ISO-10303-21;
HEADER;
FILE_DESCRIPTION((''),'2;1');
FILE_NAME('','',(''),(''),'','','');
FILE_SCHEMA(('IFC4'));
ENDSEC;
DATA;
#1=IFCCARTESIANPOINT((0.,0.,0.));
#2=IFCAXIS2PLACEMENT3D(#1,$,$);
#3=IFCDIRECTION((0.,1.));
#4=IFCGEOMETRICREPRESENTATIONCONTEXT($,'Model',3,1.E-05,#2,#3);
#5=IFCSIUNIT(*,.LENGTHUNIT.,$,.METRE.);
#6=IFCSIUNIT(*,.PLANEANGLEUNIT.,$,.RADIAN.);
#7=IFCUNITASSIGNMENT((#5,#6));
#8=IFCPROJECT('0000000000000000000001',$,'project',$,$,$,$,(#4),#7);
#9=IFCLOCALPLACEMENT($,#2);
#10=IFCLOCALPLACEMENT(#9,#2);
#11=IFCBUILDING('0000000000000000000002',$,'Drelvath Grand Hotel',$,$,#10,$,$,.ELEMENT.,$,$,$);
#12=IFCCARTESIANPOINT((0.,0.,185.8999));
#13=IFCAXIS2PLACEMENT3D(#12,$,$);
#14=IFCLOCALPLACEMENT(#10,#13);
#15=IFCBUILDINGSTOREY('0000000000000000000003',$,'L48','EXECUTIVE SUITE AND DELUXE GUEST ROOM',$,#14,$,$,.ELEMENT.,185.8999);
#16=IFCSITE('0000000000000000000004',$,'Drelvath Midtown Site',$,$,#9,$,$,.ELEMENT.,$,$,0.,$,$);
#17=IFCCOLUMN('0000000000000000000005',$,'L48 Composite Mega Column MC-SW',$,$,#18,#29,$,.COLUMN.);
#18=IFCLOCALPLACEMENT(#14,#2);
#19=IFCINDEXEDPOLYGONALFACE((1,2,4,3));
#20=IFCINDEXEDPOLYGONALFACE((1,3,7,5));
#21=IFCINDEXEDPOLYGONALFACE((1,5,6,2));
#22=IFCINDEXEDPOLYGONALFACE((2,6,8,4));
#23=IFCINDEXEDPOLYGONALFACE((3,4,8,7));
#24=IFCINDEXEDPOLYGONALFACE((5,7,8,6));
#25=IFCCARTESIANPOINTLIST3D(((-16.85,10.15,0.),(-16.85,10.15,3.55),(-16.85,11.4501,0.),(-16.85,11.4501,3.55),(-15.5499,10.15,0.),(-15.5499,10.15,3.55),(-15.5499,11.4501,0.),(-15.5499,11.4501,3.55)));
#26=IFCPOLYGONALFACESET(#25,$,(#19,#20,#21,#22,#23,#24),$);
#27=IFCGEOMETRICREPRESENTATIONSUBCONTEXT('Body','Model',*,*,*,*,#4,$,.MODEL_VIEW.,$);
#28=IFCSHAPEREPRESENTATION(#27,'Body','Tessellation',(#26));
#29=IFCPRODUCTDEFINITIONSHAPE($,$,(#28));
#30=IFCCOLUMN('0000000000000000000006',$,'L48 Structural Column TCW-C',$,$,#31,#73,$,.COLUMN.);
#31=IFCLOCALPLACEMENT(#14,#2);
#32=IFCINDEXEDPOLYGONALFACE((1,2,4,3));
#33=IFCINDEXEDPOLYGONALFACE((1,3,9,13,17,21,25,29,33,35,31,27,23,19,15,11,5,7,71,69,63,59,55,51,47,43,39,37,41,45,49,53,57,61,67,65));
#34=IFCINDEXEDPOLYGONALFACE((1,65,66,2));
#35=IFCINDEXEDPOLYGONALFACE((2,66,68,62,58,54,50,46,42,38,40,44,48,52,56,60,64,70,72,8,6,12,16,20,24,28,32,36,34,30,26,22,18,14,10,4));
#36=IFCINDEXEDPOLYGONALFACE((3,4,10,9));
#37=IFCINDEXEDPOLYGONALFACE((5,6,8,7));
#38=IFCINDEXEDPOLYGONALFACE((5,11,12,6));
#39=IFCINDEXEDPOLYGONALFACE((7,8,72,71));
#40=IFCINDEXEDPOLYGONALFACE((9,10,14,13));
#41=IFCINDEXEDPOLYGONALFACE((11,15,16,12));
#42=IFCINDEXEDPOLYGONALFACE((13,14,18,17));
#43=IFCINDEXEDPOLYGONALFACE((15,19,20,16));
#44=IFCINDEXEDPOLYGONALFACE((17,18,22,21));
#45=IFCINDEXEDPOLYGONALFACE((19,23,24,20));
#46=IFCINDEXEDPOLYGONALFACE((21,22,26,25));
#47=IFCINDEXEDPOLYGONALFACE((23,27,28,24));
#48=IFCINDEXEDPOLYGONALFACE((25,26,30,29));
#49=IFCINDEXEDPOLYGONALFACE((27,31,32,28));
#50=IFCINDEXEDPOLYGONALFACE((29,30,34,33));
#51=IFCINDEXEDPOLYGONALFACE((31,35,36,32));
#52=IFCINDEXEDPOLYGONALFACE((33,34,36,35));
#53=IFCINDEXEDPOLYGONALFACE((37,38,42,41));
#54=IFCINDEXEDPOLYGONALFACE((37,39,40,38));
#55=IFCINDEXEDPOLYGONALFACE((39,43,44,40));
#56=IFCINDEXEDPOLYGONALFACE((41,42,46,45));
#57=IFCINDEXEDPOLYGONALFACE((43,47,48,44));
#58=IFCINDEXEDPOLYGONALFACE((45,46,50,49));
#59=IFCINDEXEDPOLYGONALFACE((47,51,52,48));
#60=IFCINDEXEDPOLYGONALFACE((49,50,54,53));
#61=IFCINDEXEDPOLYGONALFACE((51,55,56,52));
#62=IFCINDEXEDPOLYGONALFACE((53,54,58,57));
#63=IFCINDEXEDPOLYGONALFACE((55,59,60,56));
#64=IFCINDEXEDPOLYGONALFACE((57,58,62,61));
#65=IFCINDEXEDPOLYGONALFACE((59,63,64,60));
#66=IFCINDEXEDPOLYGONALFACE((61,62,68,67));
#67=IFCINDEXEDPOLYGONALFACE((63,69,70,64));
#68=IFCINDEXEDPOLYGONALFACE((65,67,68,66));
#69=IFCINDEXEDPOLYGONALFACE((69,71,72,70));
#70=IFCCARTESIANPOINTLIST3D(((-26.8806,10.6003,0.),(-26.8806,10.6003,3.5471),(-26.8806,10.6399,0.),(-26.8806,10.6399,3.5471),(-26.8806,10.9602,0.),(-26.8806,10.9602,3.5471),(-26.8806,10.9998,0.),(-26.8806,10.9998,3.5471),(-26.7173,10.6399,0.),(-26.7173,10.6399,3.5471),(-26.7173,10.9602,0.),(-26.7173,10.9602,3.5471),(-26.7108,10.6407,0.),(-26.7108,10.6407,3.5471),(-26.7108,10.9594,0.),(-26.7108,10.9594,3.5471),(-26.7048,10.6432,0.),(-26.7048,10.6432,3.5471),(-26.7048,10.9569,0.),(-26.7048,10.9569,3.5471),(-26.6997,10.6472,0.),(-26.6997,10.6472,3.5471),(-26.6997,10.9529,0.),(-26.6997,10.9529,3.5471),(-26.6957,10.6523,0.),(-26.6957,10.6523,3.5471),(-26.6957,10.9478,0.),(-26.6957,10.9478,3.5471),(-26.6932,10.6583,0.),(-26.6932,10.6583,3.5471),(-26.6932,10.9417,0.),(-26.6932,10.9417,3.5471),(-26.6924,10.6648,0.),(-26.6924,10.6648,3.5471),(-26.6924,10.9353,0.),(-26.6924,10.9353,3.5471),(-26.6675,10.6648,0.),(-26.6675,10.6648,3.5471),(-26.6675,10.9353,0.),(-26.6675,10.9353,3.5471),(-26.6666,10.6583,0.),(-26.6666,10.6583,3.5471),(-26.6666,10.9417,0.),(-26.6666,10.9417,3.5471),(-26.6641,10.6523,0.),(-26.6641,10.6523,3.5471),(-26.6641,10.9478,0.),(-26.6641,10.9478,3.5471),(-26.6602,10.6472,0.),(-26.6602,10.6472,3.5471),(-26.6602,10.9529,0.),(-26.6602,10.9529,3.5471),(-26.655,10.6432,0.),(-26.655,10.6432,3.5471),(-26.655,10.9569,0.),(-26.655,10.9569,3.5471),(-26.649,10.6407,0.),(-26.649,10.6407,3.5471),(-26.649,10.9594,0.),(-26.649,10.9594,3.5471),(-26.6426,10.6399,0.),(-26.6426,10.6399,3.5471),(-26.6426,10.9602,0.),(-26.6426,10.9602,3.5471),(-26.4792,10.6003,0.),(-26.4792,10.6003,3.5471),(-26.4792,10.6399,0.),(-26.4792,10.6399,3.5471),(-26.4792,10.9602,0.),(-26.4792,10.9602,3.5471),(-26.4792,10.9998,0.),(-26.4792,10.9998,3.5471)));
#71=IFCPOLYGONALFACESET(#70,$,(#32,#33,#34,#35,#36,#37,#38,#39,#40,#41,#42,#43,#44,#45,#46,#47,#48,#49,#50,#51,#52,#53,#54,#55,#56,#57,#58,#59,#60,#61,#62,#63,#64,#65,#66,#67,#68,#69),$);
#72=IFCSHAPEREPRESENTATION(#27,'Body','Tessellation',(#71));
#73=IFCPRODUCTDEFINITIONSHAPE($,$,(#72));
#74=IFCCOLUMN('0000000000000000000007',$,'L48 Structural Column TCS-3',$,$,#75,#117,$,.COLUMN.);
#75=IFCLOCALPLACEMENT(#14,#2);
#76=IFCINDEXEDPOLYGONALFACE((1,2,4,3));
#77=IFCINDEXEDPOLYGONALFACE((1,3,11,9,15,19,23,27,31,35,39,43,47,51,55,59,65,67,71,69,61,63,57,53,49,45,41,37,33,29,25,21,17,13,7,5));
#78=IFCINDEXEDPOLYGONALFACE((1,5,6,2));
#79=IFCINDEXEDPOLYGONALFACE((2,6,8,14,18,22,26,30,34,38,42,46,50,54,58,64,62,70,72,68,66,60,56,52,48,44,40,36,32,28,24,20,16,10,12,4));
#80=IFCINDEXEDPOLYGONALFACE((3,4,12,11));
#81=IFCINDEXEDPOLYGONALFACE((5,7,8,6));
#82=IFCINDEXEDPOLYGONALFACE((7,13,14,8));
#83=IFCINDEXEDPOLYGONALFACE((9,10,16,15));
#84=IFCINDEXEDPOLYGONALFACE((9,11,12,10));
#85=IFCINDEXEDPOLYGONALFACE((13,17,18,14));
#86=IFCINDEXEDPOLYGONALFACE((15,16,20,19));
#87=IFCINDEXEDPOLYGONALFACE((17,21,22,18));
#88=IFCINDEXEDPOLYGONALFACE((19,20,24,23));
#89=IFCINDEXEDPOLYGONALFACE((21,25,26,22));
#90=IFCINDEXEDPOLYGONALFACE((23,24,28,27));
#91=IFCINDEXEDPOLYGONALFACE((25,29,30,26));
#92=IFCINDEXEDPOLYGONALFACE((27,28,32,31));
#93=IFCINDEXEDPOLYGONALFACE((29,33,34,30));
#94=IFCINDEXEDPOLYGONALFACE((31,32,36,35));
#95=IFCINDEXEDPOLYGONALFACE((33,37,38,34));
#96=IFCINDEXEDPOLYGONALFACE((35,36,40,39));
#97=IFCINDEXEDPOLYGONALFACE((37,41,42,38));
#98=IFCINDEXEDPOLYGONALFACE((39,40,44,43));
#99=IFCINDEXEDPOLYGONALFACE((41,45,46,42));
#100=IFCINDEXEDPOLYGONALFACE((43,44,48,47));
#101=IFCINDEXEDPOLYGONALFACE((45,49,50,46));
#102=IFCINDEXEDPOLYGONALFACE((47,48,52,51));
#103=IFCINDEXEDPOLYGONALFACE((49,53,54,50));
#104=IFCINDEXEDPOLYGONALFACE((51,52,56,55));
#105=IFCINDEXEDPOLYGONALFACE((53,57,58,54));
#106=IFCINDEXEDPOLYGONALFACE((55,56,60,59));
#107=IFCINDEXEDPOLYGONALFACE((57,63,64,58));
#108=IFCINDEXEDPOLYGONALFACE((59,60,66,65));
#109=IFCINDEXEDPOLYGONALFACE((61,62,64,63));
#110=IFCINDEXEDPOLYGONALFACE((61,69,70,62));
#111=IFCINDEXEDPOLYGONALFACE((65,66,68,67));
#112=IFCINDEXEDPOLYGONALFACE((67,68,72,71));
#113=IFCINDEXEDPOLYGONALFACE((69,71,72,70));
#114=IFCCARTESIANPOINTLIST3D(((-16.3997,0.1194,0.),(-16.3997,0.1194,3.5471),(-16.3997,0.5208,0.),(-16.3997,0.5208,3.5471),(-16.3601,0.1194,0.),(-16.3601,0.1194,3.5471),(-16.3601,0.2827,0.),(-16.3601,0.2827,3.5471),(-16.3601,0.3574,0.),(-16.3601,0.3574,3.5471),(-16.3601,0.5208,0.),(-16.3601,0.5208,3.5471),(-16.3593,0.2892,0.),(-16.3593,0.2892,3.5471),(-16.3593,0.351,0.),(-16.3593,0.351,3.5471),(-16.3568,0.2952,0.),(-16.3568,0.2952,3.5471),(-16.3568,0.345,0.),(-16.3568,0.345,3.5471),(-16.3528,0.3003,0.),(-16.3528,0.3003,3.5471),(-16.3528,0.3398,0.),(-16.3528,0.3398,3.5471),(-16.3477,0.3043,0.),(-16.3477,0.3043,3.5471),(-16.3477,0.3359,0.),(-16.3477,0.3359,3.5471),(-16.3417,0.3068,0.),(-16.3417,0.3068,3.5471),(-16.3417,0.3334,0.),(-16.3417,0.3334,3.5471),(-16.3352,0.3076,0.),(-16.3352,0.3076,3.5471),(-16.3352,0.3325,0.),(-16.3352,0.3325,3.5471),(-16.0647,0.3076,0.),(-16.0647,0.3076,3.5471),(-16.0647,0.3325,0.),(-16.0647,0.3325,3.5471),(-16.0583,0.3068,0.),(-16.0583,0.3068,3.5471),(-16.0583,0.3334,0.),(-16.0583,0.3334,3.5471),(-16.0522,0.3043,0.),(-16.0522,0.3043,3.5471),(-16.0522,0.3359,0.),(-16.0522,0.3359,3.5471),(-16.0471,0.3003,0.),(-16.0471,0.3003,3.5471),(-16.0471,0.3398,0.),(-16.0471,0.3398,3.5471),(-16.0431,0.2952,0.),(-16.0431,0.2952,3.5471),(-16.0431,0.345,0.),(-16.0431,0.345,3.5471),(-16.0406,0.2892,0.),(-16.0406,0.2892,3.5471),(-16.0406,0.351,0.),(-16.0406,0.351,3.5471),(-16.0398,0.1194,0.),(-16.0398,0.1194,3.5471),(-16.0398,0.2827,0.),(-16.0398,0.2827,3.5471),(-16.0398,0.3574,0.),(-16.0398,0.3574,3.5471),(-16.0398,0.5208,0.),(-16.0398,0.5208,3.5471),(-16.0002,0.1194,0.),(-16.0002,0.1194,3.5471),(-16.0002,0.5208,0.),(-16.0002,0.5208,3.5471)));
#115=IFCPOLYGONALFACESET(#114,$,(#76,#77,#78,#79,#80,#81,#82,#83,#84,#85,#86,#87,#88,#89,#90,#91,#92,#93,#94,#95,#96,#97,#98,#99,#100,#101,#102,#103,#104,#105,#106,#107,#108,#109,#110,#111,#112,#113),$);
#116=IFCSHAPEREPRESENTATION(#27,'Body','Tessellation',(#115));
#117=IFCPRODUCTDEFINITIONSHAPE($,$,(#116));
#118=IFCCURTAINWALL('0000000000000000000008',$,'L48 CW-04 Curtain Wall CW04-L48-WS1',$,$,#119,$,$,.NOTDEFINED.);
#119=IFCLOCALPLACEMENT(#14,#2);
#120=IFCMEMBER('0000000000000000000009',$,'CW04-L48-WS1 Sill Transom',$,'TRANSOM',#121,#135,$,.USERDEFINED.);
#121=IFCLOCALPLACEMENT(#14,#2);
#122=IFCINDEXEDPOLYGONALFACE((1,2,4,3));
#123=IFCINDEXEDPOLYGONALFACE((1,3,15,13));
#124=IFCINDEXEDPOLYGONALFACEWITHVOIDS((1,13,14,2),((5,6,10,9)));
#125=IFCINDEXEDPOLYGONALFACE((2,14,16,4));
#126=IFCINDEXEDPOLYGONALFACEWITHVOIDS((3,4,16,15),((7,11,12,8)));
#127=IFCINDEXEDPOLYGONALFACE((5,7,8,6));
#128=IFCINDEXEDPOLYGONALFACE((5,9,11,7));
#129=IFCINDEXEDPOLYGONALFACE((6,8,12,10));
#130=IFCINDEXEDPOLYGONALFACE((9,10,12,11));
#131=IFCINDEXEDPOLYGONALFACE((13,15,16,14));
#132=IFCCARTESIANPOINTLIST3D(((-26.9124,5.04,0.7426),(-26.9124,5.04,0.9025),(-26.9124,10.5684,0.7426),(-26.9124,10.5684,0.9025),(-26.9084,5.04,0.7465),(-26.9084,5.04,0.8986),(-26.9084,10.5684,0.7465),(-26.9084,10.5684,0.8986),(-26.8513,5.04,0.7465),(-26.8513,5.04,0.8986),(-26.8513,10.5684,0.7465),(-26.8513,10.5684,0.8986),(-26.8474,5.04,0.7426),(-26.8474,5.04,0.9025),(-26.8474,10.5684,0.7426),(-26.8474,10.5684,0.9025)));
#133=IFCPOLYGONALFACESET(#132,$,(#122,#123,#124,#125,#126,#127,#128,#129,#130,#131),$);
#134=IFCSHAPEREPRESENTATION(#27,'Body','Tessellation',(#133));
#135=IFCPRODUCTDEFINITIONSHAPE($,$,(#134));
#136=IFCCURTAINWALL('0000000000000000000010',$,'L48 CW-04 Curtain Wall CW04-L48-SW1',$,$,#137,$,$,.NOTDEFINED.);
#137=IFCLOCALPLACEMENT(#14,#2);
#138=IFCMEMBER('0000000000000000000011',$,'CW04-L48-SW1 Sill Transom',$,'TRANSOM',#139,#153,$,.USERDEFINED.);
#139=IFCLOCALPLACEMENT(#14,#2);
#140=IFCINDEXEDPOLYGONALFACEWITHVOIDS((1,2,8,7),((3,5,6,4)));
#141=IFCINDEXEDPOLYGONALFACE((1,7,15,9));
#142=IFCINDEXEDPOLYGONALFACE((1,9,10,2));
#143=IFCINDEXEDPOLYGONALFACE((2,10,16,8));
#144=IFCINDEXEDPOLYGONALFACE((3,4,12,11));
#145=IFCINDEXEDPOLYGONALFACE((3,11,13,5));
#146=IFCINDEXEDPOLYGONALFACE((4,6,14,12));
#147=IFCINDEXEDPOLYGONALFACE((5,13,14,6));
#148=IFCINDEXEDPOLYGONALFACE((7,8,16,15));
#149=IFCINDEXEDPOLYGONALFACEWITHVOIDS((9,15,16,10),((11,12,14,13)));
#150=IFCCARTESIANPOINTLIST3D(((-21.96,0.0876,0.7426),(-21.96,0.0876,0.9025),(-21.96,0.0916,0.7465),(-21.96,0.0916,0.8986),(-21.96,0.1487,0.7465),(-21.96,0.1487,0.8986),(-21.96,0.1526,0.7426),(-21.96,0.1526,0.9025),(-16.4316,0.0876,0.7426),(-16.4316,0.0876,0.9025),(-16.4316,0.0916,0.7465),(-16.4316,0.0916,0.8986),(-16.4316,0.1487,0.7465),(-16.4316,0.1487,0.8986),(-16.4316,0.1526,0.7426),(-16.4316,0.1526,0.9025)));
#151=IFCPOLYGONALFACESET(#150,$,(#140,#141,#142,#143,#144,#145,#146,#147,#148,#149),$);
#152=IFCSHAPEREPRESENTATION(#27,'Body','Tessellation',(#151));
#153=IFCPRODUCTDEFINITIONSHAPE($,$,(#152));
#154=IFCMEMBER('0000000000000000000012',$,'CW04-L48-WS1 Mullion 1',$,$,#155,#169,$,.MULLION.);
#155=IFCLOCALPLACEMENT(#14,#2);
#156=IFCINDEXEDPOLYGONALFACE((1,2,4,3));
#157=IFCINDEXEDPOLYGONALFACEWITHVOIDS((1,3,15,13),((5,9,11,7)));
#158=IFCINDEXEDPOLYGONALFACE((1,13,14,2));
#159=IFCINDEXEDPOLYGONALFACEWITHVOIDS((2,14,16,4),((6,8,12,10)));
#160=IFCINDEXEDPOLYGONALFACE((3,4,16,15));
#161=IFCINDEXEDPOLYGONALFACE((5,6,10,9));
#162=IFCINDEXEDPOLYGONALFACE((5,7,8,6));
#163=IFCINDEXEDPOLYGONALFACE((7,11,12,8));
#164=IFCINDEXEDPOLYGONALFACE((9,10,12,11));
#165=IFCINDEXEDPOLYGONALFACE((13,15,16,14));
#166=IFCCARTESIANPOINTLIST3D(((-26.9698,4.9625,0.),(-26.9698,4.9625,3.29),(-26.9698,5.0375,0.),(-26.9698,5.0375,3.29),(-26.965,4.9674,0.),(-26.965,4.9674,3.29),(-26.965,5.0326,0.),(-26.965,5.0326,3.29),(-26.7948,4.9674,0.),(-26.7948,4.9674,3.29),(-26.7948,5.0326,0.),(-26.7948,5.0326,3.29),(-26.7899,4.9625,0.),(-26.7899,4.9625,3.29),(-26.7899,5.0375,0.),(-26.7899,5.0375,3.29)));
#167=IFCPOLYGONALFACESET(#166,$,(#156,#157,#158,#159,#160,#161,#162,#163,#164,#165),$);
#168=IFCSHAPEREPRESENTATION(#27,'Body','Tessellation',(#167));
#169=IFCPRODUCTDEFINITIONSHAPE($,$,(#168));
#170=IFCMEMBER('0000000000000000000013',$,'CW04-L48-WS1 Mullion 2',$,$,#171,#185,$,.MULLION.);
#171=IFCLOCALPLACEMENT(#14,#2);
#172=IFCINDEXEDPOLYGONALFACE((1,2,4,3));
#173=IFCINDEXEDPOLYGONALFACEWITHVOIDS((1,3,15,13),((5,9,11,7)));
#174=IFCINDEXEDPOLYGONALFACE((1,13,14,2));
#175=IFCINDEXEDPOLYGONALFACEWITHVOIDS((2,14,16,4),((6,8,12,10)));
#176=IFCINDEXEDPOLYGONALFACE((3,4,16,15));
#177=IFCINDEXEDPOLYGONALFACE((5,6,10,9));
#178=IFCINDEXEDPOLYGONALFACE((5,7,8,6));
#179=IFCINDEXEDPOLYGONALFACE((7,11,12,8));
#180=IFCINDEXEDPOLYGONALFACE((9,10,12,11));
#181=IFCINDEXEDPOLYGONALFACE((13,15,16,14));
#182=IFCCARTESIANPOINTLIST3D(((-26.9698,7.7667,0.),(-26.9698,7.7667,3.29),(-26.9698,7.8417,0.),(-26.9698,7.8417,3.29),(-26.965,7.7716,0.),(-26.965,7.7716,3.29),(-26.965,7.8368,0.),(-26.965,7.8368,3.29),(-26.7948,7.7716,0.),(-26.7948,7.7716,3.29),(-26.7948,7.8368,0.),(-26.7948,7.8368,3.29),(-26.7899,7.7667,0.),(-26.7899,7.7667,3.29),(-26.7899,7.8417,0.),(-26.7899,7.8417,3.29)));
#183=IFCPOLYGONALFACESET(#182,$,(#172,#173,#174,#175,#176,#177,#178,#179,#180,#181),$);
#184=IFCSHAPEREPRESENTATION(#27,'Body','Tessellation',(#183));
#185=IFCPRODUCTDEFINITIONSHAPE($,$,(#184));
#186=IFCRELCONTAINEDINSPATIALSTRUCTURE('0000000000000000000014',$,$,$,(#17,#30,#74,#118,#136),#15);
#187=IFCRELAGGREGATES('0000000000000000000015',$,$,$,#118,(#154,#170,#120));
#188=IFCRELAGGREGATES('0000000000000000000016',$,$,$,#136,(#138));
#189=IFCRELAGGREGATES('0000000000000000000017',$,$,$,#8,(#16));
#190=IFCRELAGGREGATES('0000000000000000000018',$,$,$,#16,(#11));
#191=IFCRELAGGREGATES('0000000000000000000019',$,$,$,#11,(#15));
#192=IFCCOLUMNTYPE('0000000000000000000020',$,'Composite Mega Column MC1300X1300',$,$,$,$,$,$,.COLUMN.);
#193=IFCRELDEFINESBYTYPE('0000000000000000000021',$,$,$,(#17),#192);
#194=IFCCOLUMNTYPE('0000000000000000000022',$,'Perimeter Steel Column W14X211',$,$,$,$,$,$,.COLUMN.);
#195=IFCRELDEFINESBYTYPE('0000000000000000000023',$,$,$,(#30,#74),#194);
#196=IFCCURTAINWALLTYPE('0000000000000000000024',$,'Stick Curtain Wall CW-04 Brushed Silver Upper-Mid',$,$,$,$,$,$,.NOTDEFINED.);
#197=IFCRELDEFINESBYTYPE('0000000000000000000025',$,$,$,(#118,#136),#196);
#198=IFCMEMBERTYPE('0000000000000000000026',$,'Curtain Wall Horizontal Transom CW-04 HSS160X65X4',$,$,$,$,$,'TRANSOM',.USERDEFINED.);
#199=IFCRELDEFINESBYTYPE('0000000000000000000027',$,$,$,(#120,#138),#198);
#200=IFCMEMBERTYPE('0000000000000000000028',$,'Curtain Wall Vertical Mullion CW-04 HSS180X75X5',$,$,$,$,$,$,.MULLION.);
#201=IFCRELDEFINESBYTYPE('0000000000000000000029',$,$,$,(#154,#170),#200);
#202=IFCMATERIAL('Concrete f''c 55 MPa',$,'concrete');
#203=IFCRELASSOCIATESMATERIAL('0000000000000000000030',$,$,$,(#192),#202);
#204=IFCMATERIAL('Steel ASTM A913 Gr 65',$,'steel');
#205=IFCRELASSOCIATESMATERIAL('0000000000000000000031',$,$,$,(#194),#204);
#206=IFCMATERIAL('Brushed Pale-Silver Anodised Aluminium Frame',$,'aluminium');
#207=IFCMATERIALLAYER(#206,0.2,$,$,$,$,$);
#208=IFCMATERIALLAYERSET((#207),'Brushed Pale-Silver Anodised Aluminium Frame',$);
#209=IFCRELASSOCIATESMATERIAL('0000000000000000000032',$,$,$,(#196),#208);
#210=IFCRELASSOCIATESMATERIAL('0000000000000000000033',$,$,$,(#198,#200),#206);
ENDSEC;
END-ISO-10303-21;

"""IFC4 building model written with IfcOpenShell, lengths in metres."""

from ifc_helpers import new_model, si_unit, direction, frame, origin, origin_2d, place, context, subcontext, project, spatial, rectangle, hollow_rectangle, i_section, extrude, material, layer, layer_set, material_profile, profile_set, type_object, element, aggregate, save


model = new_model("IFC4")

# Units and contexts
model_context = context("Model", 3, precision=1e-05, world=origin(), true_north=direction((0.0, 1.0)))
body_context = subcontext(model_context, "Body", "Model", "MODEL_VIEW")
ifc_project = project(units=[si_unit("LENGTHUNIT", "METRE"), si_unit("PLANEANGLEUNIT", "RADIAN")], contexts=[model_context])

# Site, building, storey
site_placement = place(None, origin())
site = spatial("IfcSite", under=ifc_project, at=site_placement, Name="Drelvath Midtown Site", CompositionType="ELEMENT", RefElevation=0.0)
building_placement = place(site_placement, origin())
building = spatial("IfcBuilding", under=site, at=building_placement, Name="Drelvath Grand Hotel", CompositionType="ELEMENT")
storey_placement = place(building_placement, frame((0.0, 0.0, 185.8999)))
storey = spatial("IfcBuildingStorey", under=building, at=storey_placement, Name="L48", Description="EXECUTIVE SUITE AND DELUXE GUEST ROOM", CompositionType="ELEMENT", Elevation=185.8999)

# Columns
ifc_material_1 = material(Name="Concrete f'c 55 MPa", Category="concrete")
ifc_material_profile_1 = material_profile(ifc_material_1, rectangle(XDim=1.3, YDim=1.3, at=origin_2d()), Name="MC1300X1300")
ifc_profile_set_1 = profile_set([ifc_material_profile_1], Name="Concrete f'c 55 MPa")
column_type_1 = type_object("IfcColumnType", Name="Composite Mega Column MC1300X1300", PredefinedType="COLUMN", material=ifc_profile_set_1)
column_placement = place(storey_placement, frame((-16.2, 10.8, 0.0), z_axis=(0.0, 0.0, 1.0), x_axis=(1.0, 0.0, 0.0)))
element("IfcColumn", 1, at=column_placement, inside=storey, type_object=column_type_1, Name="L48 Composite Mega Column MC-SW", PredefinedType="COLUMN", context=body_context, shape_type="SweptSolid", body=[
    extrude(rectangle(XDim=1.3, YDim=1.3, at=origin_2d()), origin(), (0.0, 0.0, 1.0), 3.55),
])
ifc_material_2 = material(Name="Steel ASTM A913 Gr 65", Category="steel")
ifc_material_profile_2 = material_profile(ifc_material_2, i_section(OverallWidth=0.4014, OverallDepth=0.3994, WebThickness=0.0249, FlangeThickness=0.0396, FilletRadius=0.0249, at=origin_2d()), Name="W14X211")
ifc_profile_set_2 = profile_set([ifc_material_profile_2], Name="Steel ASTM A913 Gr 65")
column_type_2 = type_object("IfcColumnType", Name="Perimeter Steel Column W14X211", PredefinedType="COLUMN", material=ifc_profile_set_2)
for number, where, z_axis, x_axis, name in (
    (2, (-26.6799, 10.8, 0.0), (0.0, 0.0, 1.0), (1.0, 0.0, 0.0), "L48 Structural Column TCW-C"),
    (3, (-16.2, 0.3201, 0.0), (0.0, 0.0, 1.0), (0.0, 1.0, 0.0), "L48 Structural Column TCS-3"),
):
    element("IfcColumn", number, at=place(storey_placement, frame(where, z_axis=z_axis, x_axis=x_axis)), inside=storey, type_object=column_type_2, Name=name, PredefinedType="COLUMN", context=body_context, shape_type="SweptSolid", body=[
        extrude(i_section(OverallWidth=0.4014, OverallDepth=0.3994, WebThickness=0.0249, FlangeThickness=0.0396, FilletRadius=0.0249, at=origin_2d()), origin(), (0.0, 0.0, 1.0), 3.5471),
    ])

# Curtain walls, members
ifc_material_3 = material(Name="Brushed Pale-Silver Anodised Aluminium Frame", Category="aluminium")
ifc_layer_1 = layer(ifc_material_3, 0.2)
ifc_layer_set_1 = layer_set([ifc_layer_1], Name="Brushed Pale-Silver Anodised Aluminium Frame")
curtain_wall_type = type_object("IfcCurtainWallType", Name="Stick Curtain Wall CW-04 Brushed Silver Upper-Mid", PredefinedType="NOTDEFINED", material=ifc_layer_set_1)
curtain_wall_1_placement = place(storey_placement, origin())
curtain_wall_1 = element("IfcCurtainWall", 4, at=curtain_wall_1_placement, inside=storey, type_object=curtain_wall_type, Name="L48 CW-04 Curtain Wall CW04-L48-WS1", PredefinedType="NOTDEFINED")
ifc_material_profile_3 = material_profile(ifc_material_3, hollow_rectangle(XDim=0.0649, YDim=0.1599, WallThickness=0.0039, at=origin_2d()), Name="HSS160X65X4")
ifc_profile_set_3 = profile_set([ifc_material_profile_3], Name="Brushed Pale-Silver Anodised Aluminium Frame")
member_type_1 = type_object("IfcMemberType", Name="Curtain Wall Horizontal Transom CW-04 HSS160X65X4", ElementType="TRANSOM", PredefinedType="USERDEFINED", material=ifc_profile_set_3)
member_1_placement = place(storey_placement, frame((-26.8799, 5.04, 0.8225), z_axis=(0.0, 1.0, 0.0), x_axis=(-1.0, 0.0, 0.0)))
member_1 = element("IfcMember", 5, at=member_1_placement, type_object=member_type_1, Name="CW04-L48-WS1 Sill Transom", ObjectType="TRANSOM", PredefinedType="USERDEFINED", context=body_context, shape_type="SweptSolid", body=[
    extrude(hollow_rectangle(XDim=0.0649, YDim=0.1599, WallThickness=0.0039, at=origin_2d()), origin(), (0.0, 0.0, 1.0), 5.5283),
])
curtain_wall_2_placement = place(storey_placement, origin())
curtain_wall_2 = element("IfcCurtainWall", 6, at=curtain_wall_2_placement, inside=storey, type_object=curtain_wall_type, Name="L48 CW-04 Curtain Wall CW04-L48-SW1", PredefinedType="NOTDEFINED")
member_2_placement = place(storey_placement, frame((-16.4316, 0.1201, 0.8225), z_axis=(-1.0, 0.0, 0.0), x_axis=(0.0, -1.0, 0.0)))
member_2 = element("IfcMember", 7, at=member_2_placement, type_object=member_type_1, Name="CW04-L48-SW1 Sill Transom", ObjectType="TRANSOM", PredefinedType="USERDEFINED", context=body_context, shape_type="SweptSolid", body=[
    extrude(hollow_rectangle(XDim=0.0649, YDim=0.1599, WallThickness=0.0039, at=origin_2d()), origin(), (0.0, 0.0, 1.0), 5.5283),
])

# Members
ifc_material_profile_4 = material_profile(ifc_material_3, hollow_rectangle(XDim=0.075, YDim=0.1799, WallThickness=0.0049, at=origin_2d()), Name="HSS180X75X5")
ifc_profile_set_4 = profile_set([ifc_material_profile_4], Name="Brushed Pale-Silver Anodised Aluminium Frame")
member_type_2 = type_object("IfcMemberType", Name="Curtain Wall Vertical Mullion CW-04 HSS180X75X5", PredefinedType="MULLION", material=ifc_profile_set_4)
member_3_placement = place(storey_placement, frame((-26.8799, 5.0, 0.0), z_axis=(0.0, 0.0, 1.0), x_axis=(0.0, 1.0, 0.0)))
member_3 = element("IfcMember", 8, at=member_3_placement, type_object=member_type_2, Name="CW04-L48-WS1 Mullion 1", PredefinedType="MULLION", context=body_context, shape_type="SweptSolid", body=[
    extrude(hollow_rectangle(XDim=0.075, YDim=0.1799, WallThickness=0.0049, at=origin_2d()), origin(), (0.0, 0.0, 1.0), 3.29),
])
member_4_placement = place(storey_placement, frame((-26.8799, 7.8042, 0.0), z_axis=(0.0, 0.0, 1.0), x_axis=(0.0, 1.0, 0.0)))
member_4 = element("IfcMember", 9, at=member_4_placement, type_object=member_type_2, Name="CW04-L48-WS1 Mullion 2", PredefinedType="MULLION", context=body_context, shape_type="SweptSolid", body=[
    extrude(hollow_rectangle(XDim=0.075, YDim=0.1799, WallThickness=0.0049, at=origin_2d()), origin(), (0.0, 0.0, 1.0), 3.29),
])

aggregate(curtain_wall_1, [member_3, member_4, member_1])
aggregate(curtain_wall_2, [member_2])

save(model, "model.ifc")
